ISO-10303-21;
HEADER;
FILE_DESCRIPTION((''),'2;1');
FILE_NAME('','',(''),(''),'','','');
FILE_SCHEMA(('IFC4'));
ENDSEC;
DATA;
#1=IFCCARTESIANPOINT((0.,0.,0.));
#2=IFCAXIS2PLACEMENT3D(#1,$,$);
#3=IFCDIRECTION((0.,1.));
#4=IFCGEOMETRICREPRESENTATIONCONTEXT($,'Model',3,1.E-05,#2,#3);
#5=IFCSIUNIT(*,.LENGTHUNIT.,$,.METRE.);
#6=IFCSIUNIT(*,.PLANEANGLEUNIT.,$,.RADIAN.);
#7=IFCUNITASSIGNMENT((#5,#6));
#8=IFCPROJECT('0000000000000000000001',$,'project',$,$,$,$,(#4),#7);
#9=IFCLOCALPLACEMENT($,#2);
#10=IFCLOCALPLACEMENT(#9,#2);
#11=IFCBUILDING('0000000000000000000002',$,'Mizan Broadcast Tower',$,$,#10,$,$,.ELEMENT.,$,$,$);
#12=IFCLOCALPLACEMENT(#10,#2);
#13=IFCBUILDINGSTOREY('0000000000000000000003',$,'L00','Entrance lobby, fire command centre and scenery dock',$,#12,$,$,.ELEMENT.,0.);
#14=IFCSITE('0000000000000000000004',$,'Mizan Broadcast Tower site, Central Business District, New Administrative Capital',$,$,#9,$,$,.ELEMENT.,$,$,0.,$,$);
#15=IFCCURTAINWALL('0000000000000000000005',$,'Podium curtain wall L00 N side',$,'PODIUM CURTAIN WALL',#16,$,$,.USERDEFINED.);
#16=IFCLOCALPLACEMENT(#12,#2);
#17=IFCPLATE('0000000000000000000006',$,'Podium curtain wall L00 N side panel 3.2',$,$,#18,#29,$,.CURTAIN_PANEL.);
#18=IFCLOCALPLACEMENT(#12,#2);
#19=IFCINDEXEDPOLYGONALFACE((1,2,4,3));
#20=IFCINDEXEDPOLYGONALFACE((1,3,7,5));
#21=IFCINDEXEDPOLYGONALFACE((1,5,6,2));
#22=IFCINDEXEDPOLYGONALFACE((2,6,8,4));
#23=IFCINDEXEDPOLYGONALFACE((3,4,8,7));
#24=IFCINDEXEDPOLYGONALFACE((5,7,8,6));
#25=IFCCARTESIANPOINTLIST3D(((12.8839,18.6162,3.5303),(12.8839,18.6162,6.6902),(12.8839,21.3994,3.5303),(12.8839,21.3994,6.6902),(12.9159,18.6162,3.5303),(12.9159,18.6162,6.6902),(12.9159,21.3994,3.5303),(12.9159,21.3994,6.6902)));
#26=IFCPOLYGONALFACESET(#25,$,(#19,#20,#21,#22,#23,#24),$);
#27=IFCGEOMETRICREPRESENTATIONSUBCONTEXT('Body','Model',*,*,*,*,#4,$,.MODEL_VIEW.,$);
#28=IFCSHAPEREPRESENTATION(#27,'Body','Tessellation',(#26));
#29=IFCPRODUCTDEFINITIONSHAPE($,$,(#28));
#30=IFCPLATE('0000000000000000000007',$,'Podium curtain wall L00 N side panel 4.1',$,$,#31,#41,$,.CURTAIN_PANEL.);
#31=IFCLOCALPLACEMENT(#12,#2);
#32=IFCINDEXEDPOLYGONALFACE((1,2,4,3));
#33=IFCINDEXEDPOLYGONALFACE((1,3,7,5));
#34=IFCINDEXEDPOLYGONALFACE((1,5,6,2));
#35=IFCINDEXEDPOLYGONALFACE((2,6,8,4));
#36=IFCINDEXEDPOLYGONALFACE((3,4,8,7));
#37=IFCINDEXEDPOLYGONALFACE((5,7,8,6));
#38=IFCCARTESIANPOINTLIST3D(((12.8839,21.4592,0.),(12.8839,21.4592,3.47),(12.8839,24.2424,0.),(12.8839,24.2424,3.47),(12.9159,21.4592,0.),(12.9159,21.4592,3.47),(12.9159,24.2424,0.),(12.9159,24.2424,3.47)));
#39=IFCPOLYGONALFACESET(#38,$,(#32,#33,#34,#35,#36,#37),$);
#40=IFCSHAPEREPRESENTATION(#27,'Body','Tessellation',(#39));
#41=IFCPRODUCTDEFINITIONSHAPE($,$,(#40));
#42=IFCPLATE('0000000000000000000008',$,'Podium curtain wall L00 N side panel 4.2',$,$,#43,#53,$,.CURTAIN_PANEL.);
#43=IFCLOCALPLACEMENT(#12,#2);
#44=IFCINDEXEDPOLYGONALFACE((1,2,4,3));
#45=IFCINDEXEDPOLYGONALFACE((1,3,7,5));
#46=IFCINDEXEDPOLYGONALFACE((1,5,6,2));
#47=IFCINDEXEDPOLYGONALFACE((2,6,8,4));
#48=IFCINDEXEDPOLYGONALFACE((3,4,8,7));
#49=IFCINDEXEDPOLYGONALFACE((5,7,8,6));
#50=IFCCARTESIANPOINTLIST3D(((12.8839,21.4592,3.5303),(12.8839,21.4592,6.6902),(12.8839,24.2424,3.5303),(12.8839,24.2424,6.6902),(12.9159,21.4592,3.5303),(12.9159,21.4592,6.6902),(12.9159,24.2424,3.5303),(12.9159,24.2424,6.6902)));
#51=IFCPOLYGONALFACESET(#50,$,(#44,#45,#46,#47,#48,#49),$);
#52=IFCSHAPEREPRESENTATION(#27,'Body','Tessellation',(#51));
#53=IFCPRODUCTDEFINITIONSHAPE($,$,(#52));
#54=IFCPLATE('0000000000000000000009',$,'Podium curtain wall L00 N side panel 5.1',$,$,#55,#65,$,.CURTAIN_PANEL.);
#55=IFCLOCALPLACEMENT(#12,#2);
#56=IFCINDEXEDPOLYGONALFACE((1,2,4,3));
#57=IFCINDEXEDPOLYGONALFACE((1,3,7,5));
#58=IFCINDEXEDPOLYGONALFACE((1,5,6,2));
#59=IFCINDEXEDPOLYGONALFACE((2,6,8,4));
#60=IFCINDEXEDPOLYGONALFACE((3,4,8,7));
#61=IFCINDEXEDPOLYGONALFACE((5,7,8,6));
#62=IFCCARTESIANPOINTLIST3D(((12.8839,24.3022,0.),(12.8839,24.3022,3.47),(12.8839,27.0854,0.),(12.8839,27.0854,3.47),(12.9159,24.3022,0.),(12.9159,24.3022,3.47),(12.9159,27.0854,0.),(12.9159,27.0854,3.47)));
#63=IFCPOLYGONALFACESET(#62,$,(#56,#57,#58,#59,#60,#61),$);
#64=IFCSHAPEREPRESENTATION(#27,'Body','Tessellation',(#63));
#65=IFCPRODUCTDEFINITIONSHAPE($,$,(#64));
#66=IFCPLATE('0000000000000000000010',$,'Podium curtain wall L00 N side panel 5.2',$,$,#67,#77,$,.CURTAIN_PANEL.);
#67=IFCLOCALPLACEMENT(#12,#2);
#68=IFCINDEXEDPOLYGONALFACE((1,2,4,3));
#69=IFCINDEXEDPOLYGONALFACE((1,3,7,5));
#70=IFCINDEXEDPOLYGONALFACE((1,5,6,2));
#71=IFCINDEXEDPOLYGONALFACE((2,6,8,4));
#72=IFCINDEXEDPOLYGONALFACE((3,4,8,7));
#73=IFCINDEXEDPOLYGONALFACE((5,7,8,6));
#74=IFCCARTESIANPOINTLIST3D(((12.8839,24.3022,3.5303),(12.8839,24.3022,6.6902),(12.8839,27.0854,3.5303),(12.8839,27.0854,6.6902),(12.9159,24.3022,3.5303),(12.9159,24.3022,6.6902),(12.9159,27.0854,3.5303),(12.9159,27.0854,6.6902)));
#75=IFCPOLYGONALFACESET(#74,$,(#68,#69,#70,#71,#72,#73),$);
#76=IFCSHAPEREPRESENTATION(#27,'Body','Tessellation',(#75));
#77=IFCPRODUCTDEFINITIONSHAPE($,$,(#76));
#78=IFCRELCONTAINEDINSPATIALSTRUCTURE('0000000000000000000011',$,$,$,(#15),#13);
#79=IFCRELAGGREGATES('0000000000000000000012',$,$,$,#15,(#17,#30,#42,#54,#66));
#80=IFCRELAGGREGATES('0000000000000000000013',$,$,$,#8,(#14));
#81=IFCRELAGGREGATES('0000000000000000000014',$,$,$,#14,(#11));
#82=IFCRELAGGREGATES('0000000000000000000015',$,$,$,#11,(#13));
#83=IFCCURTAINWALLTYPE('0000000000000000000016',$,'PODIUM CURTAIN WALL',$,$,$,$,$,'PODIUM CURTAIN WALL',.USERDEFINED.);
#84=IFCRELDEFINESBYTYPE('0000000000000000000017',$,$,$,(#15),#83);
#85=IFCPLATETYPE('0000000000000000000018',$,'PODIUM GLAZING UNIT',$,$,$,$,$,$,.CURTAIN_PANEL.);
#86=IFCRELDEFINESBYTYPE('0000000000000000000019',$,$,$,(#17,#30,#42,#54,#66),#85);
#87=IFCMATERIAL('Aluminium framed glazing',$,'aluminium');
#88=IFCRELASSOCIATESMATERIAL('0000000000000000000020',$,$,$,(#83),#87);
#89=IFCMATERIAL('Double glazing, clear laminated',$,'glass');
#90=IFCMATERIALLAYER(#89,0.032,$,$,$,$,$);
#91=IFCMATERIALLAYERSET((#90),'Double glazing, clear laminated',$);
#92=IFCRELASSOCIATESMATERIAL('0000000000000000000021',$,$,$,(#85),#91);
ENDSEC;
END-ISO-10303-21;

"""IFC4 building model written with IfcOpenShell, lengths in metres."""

from ifc_helpers import new_model, si_unit, direction, frame, origin, origin_2d, place, context, subcontext, project, spatial, rectangle, extrude, material, layer, layer_set, type_object, element, aggregate, save


model = new_model("IFC4")

# Units and contexts
model_context = context("Model", 3, precision=1e-05, world=origin(), true_north=direction((0.0, 1.0)))
body_context = subcontext(model_context, "Body", "Model", "MODEL_VIEW")
ifc_project = project(units=[si_unit("LENGTHUNIT", "METRE"), si_unit("PLANEANGLEUNIT", "RADIAN")], contexts=[model_context])

# Site, building, storey
site_placement = place(None, origin())
site = spatial("IfcSite", under=ifc_project, at=site_placement, Name="Mizan Broadcast Tower site, Central Business District, New Administrative Capital", CompositionType="ELEMENT", RefElevation=0.0)
building_placement = place(site_placement, origin())
building = spatial("IfcBuilding", under=site, at=building_placement, Name="Mizan Broadcast Tower", CompositionType="ELEMENT")
storey_placement = place(building_placement, origin())
storey = spatial("IfcBuildingStorey", under=building, at=storey_placement, Name="L00", Description="Entrance lobby, fire command centre and scenery dock", CompositionType="ELEMENT", Elevation=0.0)

# Curtain wall, plates
ifc_material_1 = material(Name="Aluminium framed glazing", Category="aluminium")
curtain_wall_type = type_object("IfcCurtainWallType", Name="PODIUM CURTAIN WALL", ElementType="PODIUM CURTAIN WALL", PredefinedType="USERDEFINED", material=ifc_material_1)
curtain_wall_placement = place(storey_placement, origin())
curtain_wall = element("IfcCurtainWall", 1, at=curtain_wall_placement, inside=storey, type_object=curtain_wall_type, Name="Podium curtain wall L00 N side", ObjectType="PODIUM CURTAIN WALL", PredefinedType="USERDEFINED")
ifc_material_2 = material(Name="Double glazing, clear laminated", Category="glass")
ifc_layer = layer(ifc_material_2, 0.032)
ifc_layer_set = layer_set([ifc_layer], Name="Double glazing, clear laminated")
plate_type = type_object("IfcPlateType", Name="PODIUM GLAZING UNIT", PredefinedType="CURTAIN_PANEL", material=ifc_layer_set)
plate_1_placement = place(storey_placement, frame((12.8999, 20.0078, 3.5303), z_axis=(0.0, 0.0, 1.0), x_axis=(0.0, 1.0, 0.0)))
plate_1 = element("IfcPlate", 2, at=plate_1_placement, type_object=plate_type, Name="Podium curtain wall L00 N side panel 3.2", PredefinedType="CURTAIN_PANEL", context=body_context, shape_type="SweptSolid", body=[
    extrude(rectangle(XDim=2.7832, YDim=0.032, at=origin_2d()), origin(), (0.0, 0.0, 1.0), 3.1599),
])
plate_2_placement = place(storey_placement, frame((12.8999, 22.8508, 0.0), z_axis=(0.0, 0.0, 1.0), x_axis=(0.0, 1.0, 0.0)))
plate_2 = element("IfcPlate", 3, at=plate_2_placement, type_object=plate_type, Name="Podium curtain wall L00 N side panel 4.1", PredefinedType="CURTAIN_PANEL", context=body_context, shape_type="SweptSolid", body=[
    extrude(rectangle(XDim=2.7832, YDim=0.032, at=origin_2d()), origin(), (0.0, 0.0, 1.0), 3.47),
])
plate_3_placement = place(storey_placement, frame((12.8999, 22.8508, 3.5303), z_axis=(0.0, 0.0, 1.0), x_axis=(0.0, 1.0, 0.0)))
plate_3 = element("IfcPlate", 4, at=plate_3_placement, type_object=plate_type, Name="Podium curtain wall L00 N side panel 4.2", PredefinedType="CURTAIN_PANEL", context=body_context, shape_type="SweptSolid", body=[
    extrude(rectangle(XDim=2.7832, YDim=0.032, at=origin_2d()), origin(), (0.0, 0.0, 1.0), 3.1599),
])
plate_4_placement = place(storey_placement, frame((12.8999, 25.6938, 0.0), z_axis=(0.0, 0.0, 1.0), x_axis=(0.0, 1.0, 0.0)))
plate_4 = element("IfcPlate", 5, at=plate_4_placement, type_object=plate_type, Name="Podium curtain wall L00 N side panel 5.1", PredefinedType="CURTAIN_PANEL", context=body_context, shape_type="SweptSolid", body=[
    extrude(rectangle(XDim=2.7832, YDim=0.032, at=origin_2d()), origin(), (0.0, 0.0, 1.0), 3.47),
])
plate_5_placement = place(storey_placement, frame((12.8999, 25.6938, 3.5303), z_axis=(0.0, 0.0, 1.0), x_axis=(0.0, 1.0, 0.0)))
plate_5 = element("IfcPlate", 6, at=plate_5_placement, type_object=plate_type, Name="Podium curtain wall L00 N side panel 5.2", PredefinedType="CURTAIN_PANEL", context=body_context, shape_type="SweptSolid", body=[
    extrude(rectangle(XDim=2.7832, YDim=0.032, at=origin_2d()), origin(), (0.0, 0.0, 1.0), 3.1599),
])
aggregate(curtain_wall, [plate_1, plate_2, plate_3, plate_4, plate_5])

save(model, "model.ifc")
